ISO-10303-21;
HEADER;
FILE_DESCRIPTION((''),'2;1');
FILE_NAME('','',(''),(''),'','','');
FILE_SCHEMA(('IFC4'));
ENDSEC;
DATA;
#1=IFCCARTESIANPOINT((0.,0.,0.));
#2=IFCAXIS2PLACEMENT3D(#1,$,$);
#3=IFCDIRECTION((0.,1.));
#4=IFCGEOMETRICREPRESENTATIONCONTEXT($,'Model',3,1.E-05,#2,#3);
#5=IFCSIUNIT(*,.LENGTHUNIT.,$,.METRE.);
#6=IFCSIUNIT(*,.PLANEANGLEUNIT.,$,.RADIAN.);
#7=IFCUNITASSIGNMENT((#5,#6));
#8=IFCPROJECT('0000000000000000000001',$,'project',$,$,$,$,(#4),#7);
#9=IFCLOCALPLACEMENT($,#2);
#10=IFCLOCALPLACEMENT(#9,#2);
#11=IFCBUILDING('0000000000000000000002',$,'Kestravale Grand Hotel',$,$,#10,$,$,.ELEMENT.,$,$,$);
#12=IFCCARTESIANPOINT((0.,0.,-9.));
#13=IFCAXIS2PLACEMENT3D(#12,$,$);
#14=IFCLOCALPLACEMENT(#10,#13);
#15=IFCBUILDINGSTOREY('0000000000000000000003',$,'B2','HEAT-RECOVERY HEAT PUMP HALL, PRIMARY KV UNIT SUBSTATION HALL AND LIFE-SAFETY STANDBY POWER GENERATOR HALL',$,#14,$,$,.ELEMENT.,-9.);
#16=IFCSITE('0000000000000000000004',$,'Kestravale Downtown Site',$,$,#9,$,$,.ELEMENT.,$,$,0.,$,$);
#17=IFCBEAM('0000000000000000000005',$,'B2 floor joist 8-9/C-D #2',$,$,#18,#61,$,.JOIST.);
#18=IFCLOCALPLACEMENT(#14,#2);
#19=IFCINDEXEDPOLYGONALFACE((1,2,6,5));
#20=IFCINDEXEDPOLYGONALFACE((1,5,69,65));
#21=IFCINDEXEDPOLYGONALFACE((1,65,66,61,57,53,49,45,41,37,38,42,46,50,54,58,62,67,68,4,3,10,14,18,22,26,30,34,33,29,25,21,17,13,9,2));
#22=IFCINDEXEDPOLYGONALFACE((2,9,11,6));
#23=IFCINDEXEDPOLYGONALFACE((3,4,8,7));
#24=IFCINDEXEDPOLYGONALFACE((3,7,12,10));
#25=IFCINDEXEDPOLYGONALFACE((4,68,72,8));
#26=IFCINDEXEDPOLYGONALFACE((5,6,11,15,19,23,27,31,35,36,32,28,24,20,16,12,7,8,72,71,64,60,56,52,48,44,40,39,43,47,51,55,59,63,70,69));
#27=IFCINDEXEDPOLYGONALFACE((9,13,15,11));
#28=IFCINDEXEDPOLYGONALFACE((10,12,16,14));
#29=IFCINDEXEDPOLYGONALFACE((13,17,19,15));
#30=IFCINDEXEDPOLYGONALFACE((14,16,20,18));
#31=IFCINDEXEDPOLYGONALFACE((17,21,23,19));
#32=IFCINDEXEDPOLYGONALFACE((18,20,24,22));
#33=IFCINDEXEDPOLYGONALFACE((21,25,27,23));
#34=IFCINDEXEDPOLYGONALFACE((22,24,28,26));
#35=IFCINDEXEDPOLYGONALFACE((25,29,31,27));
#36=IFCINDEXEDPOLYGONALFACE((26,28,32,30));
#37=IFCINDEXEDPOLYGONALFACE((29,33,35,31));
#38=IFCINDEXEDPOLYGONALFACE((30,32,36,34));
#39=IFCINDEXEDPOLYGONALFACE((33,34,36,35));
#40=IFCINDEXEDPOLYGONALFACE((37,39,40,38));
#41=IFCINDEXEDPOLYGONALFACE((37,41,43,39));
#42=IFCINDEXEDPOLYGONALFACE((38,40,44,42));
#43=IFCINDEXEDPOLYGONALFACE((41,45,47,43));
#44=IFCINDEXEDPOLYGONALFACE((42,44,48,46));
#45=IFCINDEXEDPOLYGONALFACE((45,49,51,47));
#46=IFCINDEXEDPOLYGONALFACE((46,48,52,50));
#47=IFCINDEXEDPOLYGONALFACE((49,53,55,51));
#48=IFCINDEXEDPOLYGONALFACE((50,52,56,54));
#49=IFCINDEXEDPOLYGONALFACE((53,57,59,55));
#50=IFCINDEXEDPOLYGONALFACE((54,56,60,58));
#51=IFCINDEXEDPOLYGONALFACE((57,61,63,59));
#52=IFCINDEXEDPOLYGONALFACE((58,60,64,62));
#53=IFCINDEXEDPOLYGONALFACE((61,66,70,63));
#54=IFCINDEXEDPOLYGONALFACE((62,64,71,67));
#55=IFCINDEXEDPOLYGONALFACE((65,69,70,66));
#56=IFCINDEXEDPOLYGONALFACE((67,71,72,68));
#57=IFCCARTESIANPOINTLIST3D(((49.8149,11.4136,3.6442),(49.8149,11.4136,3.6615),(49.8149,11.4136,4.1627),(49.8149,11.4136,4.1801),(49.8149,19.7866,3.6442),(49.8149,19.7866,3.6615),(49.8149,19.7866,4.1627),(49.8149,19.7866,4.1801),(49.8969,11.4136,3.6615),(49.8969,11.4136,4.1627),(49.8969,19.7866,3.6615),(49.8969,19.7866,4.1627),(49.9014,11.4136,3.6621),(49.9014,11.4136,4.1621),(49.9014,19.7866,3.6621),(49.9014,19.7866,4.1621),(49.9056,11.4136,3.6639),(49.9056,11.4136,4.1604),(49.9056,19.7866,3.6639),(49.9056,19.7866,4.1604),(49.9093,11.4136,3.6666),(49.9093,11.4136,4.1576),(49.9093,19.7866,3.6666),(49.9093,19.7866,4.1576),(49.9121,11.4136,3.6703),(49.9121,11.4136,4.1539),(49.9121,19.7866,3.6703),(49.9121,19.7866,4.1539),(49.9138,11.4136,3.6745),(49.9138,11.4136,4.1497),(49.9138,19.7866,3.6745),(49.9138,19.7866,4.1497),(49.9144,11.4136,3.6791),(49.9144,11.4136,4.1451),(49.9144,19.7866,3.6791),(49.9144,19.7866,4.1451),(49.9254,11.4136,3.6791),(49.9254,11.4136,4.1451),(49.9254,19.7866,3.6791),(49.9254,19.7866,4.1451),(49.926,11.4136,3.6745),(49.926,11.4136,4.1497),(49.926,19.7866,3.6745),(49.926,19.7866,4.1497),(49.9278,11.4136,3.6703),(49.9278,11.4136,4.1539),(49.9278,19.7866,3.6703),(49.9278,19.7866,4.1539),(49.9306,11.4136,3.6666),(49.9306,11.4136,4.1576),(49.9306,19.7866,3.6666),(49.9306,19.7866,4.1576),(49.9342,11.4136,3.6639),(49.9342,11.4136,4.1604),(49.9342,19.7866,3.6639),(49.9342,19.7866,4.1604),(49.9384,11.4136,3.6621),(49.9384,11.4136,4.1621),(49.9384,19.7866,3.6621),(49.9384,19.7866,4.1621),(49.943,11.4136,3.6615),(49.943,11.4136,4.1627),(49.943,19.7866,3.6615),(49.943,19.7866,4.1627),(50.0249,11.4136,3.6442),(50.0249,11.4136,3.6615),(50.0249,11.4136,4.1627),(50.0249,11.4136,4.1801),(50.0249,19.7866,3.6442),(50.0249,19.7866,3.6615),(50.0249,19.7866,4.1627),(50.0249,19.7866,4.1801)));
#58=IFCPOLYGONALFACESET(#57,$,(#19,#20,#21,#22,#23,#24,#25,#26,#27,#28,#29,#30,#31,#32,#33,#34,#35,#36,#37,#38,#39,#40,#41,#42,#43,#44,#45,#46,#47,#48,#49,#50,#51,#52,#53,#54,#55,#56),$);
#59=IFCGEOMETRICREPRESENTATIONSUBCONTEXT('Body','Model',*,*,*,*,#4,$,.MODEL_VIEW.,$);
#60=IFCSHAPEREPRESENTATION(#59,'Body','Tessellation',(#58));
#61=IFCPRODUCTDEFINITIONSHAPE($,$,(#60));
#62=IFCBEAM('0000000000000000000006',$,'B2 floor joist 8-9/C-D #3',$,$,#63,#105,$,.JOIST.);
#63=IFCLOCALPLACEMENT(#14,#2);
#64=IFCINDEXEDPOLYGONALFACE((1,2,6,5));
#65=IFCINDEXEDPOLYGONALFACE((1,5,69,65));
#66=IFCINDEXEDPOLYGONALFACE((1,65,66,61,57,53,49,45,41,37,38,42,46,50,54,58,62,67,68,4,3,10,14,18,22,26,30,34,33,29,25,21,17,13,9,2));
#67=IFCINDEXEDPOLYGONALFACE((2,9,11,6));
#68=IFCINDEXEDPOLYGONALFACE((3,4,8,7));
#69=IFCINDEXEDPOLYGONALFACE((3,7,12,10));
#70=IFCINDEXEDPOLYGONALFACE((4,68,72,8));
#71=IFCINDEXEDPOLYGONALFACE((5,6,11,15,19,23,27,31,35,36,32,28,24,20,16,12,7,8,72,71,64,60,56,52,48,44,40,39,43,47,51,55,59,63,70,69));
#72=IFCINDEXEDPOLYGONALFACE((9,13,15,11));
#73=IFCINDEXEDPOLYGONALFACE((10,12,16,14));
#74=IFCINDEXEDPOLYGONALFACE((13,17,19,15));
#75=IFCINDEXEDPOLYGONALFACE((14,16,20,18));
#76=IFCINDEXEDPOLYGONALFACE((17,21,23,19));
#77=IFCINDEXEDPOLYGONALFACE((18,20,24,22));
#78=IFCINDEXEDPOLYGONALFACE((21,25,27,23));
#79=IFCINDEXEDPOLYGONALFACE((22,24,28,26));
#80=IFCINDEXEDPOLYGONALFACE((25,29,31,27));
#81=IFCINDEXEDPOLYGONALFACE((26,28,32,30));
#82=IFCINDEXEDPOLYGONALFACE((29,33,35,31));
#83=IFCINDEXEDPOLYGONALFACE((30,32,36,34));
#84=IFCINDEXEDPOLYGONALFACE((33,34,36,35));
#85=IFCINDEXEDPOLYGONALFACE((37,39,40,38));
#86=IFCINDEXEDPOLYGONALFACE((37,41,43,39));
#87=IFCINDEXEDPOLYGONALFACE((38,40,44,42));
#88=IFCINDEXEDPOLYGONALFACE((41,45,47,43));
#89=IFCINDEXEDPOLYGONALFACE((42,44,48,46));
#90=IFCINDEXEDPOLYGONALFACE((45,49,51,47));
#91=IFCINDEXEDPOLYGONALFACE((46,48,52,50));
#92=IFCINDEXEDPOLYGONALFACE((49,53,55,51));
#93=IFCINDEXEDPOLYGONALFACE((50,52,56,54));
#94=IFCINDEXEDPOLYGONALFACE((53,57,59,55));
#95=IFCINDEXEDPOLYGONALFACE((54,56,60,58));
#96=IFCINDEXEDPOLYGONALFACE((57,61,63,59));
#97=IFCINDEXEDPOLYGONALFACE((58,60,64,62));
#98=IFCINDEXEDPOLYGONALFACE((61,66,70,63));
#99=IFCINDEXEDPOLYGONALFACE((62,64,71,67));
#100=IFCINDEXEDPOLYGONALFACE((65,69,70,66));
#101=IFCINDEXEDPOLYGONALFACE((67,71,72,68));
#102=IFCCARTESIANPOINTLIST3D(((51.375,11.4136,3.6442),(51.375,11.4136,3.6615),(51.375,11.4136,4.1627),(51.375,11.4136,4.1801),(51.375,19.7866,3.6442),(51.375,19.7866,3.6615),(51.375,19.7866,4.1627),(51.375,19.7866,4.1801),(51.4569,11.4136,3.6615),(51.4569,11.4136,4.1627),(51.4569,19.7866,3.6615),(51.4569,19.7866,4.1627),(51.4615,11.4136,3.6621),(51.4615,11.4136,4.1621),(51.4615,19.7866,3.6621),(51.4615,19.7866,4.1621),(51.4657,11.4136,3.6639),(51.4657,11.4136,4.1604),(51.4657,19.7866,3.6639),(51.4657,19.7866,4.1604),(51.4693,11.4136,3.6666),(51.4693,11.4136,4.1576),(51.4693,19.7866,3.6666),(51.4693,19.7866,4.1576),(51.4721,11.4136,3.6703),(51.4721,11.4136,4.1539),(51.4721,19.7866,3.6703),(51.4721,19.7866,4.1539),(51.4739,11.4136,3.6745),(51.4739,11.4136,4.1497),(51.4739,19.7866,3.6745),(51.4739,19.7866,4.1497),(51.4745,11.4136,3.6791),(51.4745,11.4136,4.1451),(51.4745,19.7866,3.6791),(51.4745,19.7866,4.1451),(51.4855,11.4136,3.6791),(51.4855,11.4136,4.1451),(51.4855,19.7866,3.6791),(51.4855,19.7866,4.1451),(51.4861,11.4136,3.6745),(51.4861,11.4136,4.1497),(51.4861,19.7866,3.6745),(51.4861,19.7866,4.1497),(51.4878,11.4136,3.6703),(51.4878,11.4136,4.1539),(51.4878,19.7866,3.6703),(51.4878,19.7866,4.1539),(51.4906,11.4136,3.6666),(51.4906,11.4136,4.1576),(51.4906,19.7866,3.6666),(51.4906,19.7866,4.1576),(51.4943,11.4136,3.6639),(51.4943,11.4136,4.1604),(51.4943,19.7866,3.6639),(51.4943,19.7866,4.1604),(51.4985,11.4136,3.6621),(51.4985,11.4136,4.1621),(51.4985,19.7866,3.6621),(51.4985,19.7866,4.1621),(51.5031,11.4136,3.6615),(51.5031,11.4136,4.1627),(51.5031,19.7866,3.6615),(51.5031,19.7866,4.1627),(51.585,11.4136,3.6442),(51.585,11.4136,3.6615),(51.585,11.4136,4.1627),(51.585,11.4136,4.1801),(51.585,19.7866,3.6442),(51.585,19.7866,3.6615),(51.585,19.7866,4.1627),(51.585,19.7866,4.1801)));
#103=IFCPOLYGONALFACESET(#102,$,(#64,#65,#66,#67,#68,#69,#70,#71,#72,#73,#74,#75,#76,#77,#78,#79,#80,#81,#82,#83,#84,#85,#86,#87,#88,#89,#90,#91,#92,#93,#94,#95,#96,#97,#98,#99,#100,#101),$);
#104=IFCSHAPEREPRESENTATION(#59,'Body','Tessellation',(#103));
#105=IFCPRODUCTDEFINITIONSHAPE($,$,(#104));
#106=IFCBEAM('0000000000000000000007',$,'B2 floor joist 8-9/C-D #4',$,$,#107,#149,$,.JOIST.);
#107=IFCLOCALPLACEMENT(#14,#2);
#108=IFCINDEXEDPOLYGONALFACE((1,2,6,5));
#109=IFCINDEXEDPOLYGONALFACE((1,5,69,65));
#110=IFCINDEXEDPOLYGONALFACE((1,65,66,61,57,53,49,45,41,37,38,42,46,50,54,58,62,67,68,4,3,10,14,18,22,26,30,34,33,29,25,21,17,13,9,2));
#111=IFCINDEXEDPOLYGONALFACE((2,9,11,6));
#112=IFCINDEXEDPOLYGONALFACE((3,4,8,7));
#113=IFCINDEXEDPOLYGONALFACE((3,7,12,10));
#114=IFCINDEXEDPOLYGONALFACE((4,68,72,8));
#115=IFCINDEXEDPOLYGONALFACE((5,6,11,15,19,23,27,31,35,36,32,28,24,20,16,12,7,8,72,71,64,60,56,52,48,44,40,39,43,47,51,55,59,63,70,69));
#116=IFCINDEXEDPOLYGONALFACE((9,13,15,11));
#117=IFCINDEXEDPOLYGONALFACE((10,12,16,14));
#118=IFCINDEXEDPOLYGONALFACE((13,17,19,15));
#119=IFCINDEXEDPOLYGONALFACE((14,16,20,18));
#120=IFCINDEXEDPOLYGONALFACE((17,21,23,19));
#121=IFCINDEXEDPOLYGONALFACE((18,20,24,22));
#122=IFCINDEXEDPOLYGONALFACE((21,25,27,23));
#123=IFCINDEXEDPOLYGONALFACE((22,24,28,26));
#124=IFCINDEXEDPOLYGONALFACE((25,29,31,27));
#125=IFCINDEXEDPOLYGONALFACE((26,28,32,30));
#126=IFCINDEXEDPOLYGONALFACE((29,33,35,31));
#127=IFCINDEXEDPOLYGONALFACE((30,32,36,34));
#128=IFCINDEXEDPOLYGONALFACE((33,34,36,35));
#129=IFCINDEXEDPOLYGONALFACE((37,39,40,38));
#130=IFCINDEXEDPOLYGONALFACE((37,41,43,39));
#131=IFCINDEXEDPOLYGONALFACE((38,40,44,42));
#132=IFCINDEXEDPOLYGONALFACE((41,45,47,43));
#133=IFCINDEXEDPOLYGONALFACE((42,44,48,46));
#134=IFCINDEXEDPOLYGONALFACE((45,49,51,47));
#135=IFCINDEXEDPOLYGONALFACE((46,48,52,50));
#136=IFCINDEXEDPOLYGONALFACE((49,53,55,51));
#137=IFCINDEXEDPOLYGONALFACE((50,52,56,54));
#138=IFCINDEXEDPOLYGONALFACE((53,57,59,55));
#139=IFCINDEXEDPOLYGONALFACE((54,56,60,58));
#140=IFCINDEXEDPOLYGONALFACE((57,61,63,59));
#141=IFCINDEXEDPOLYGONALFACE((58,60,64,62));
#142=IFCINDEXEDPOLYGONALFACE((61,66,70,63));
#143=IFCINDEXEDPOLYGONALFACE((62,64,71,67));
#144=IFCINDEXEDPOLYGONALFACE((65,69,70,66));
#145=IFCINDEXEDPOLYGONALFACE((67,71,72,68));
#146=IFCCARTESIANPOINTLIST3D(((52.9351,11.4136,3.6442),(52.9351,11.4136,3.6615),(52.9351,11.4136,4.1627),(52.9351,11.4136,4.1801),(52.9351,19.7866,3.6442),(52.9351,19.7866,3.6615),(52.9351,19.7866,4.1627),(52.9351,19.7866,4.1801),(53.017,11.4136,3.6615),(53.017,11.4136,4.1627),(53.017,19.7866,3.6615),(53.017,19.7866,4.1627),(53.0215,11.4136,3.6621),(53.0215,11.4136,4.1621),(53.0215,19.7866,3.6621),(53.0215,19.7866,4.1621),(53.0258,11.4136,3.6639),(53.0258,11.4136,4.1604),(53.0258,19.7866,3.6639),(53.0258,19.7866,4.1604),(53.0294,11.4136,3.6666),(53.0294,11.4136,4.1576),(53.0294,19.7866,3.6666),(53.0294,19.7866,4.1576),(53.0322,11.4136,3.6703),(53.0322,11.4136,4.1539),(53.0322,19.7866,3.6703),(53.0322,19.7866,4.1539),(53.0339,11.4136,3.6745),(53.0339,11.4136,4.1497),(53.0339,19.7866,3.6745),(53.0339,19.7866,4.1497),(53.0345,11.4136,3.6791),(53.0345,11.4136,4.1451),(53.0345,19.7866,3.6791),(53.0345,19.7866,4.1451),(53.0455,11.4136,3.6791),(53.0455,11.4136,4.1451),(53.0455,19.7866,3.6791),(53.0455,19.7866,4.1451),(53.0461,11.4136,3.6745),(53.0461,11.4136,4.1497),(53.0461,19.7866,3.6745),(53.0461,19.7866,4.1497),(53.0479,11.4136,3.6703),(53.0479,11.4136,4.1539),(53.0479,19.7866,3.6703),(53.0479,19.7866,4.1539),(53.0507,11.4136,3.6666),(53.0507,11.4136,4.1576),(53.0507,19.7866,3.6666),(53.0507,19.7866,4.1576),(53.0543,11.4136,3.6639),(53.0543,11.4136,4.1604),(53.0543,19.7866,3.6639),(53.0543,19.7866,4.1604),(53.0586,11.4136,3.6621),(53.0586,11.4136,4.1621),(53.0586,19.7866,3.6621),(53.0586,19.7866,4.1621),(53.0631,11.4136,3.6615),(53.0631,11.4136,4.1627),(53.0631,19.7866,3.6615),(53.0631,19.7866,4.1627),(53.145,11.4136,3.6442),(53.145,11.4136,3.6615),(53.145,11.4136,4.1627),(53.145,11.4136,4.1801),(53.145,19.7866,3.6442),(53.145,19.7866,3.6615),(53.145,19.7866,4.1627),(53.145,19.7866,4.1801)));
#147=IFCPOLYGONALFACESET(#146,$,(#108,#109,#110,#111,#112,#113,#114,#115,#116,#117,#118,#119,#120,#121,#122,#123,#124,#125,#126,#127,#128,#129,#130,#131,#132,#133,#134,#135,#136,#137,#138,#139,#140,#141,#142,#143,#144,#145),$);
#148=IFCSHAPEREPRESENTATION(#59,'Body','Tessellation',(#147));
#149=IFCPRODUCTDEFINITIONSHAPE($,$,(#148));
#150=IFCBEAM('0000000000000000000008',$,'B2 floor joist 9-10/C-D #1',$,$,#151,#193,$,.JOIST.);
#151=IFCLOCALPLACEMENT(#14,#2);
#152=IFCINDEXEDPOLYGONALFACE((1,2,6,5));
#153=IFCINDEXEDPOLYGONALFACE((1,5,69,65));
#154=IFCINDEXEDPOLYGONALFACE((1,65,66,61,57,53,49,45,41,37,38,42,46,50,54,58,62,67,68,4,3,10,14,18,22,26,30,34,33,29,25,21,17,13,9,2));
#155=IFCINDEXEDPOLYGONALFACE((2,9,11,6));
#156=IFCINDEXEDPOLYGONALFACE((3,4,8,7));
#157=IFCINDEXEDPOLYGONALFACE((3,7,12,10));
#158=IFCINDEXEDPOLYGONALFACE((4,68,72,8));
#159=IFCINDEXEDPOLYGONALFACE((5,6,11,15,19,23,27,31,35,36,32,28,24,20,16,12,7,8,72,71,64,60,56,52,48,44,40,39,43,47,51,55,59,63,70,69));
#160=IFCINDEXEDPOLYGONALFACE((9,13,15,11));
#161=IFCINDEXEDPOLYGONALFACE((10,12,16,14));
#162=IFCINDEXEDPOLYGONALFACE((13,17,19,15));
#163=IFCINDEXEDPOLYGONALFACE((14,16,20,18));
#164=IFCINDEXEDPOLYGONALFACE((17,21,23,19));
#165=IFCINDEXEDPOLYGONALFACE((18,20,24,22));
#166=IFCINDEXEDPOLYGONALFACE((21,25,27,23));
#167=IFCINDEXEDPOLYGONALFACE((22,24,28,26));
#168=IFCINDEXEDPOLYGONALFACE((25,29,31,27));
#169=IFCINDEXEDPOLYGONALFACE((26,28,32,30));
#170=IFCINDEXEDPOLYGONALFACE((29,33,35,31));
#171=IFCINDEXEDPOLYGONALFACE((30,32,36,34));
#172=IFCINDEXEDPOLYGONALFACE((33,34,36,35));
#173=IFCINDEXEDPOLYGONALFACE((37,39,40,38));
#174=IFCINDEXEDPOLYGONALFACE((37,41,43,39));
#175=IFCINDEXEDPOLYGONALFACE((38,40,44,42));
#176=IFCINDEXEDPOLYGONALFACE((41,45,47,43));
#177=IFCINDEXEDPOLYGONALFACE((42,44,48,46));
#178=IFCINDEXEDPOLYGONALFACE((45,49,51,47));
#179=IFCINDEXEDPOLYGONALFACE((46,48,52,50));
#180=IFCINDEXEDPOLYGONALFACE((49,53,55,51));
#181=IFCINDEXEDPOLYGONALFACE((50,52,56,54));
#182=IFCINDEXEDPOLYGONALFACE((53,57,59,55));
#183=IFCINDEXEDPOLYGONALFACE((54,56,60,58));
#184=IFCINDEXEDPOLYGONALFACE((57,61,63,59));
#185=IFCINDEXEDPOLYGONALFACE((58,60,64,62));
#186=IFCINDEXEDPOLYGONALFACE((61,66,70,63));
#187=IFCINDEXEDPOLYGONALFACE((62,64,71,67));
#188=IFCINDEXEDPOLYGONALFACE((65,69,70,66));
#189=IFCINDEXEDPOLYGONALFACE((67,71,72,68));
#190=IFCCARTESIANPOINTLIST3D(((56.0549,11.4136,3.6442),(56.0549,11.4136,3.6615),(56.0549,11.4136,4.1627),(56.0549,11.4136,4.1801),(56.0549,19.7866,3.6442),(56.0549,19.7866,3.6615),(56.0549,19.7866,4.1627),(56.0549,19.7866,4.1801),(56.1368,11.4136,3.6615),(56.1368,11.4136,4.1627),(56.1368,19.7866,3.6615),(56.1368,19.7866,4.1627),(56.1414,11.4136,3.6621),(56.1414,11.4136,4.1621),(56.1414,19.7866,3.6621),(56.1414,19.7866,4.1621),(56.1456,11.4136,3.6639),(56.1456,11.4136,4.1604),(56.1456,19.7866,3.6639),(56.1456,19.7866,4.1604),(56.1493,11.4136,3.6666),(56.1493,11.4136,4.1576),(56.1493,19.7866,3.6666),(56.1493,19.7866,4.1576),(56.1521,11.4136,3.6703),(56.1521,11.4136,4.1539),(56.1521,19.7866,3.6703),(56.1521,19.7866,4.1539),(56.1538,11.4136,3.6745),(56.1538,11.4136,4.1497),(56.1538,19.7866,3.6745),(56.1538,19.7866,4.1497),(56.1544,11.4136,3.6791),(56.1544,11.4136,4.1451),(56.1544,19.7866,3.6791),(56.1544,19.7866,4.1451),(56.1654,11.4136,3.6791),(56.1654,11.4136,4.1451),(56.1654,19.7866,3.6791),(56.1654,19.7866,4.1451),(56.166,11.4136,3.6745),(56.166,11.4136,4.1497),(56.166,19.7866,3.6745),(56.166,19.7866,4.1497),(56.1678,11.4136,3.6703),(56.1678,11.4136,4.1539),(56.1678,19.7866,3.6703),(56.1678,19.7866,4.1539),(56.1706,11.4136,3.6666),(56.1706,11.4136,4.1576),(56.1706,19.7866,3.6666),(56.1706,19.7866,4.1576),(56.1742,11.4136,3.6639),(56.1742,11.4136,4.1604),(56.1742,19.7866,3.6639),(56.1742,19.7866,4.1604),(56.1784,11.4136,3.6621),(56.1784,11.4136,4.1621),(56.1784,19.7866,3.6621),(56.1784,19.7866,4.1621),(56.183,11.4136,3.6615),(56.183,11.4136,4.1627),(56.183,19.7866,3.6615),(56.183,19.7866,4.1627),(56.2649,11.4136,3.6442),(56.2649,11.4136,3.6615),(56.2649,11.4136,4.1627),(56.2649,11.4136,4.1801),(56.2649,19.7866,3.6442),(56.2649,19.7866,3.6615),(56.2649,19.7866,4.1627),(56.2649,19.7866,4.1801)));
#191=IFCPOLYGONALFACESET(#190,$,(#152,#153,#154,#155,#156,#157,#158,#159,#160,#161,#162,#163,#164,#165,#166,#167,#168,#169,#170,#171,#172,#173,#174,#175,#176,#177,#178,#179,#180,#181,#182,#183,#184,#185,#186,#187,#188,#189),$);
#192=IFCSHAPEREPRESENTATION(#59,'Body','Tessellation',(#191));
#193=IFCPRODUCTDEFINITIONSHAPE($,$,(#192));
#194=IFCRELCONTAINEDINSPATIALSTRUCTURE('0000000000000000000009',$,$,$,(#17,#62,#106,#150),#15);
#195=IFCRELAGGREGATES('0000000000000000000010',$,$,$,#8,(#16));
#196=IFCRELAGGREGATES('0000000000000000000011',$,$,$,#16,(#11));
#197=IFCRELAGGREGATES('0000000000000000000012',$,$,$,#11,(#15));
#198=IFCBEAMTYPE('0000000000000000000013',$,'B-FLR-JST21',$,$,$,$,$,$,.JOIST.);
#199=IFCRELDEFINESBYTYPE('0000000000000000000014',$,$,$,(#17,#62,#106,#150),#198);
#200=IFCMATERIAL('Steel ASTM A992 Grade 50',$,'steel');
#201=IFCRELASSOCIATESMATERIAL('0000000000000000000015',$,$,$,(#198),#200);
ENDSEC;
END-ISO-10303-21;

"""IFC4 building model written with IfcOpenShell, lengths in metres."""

from ifc_helpers import new_model, si_unit, direction, frame, origin, origin_2d, place, context, subcontext, project, spatial, i_section, extrude, material, material_profile, profile_set, type_object, element, save


model = new_model("IFC4")

# Units and contexts
model_context = context("Model", 3, precision=1e-05, world=origin(), true_north=direction((0.0, 1.0)))
body_context = subcontext(model_context, "Body", "Model", "MODEL_VIEW")
ifc_project = project(units=[si_unit("LENGTHUNIT", "METRE"), si_unit("PLANEANGLEUNIT", "RADIAN")], contexts=[model_context])

# Site, building, storey
site_placement = place(None, origin())
site = spatial("IfcSite", under=ifc_project, at=site_placement, Name="Kestravale Downtown Site", CompositionType="ELEMENT", RefElevation=0.0)
building_placement = place(site_placement, origin())
building = spatial("IfcBuilding", under=site, at=building_placement, Name="Kestravale Grand Hotel", CompositionType="ELEMENT")
storey_placement = place(building_placement, frame((0.0, 0.0, -9.0)))
storey = spatial("IfcBuildingStorey", under=building, at=storey_placement, Name="B2", Description="HEAT-RECOVERY HEAT PUMP HALL, PRIMARY KV UNIT SUBSTATION HALL AND LIFE-SAFETY STANDBY POWER GENERATOR HALL", CompositionType="ELEMENT", Elevation=-9.0)

# Beams
ifc_material_1 = material(Name="Steel ASTM A992 Grade 50", Category="steel")
ifc_material_profile_1 = material_profile(ifc_material_1, i_section(OverallWidth=0.21, OverallDepth=0.5359, WebThickness=0.011, FlangeThickness=0.0173, FilletRadius=0.0176, at=origin_2d()))
ifc_profile_set_1 = profile_set([ifc_material_profile_1], Name="Steel ASTM A992 Grade 50")
beam_type_1 = type_object("IfcBeamType", Name="B-FLR-JST21", PredefinedType="JOIST", material=ifc_profile_set_1)
for number, where, z_axis, x_axis, name in (
    (1, (49.9199, 11.4136, 3.9121), (0.0, 1.0, 0.0), (-1.0, 0.0, 0.0), "B2 floor joist 8-9/C-D #2"),
    (2, (51.48, 11.4136, 3.9121), (0.0, 1.0, 0.0), (-1.0, 0.0, 0.0), "B2 floor joist 8-9/C-D #3"),
    (3, (53.04, 11.4136, 3.9121), (0.0, 1.0, 0.0), (-1.0, 0.0, 0.0), "B2 floor joist 8-9/C-D #4"),
    (4, (56.1599, 11.4136, 3.9121), (0.0, 1.0, 0.0), (-1.0, 0.0, 0.0), "B2 floor joist 9-10/C-D #1"),
):
    element("IfcBeam", number, at=place(storey_placement, frame(where, z_axis=z_axis, x_axis=x_axis)), inside=storey, type_object=beam_type_1, Name=name, PredefinedType="JOIST", context=body_context, shape_type="SweptSolid", body=[
        extrude(i_section(OverallWidth=0.21, OverallDepth=0.5359, WebThickness=0.011, FlangeThickness=0.0173, FilletRadius=0.0176, at=origin_2d()), origin(), (0.0, 0.0, 1.0), 8.373),
    ])

save(model, "model.ifc")
